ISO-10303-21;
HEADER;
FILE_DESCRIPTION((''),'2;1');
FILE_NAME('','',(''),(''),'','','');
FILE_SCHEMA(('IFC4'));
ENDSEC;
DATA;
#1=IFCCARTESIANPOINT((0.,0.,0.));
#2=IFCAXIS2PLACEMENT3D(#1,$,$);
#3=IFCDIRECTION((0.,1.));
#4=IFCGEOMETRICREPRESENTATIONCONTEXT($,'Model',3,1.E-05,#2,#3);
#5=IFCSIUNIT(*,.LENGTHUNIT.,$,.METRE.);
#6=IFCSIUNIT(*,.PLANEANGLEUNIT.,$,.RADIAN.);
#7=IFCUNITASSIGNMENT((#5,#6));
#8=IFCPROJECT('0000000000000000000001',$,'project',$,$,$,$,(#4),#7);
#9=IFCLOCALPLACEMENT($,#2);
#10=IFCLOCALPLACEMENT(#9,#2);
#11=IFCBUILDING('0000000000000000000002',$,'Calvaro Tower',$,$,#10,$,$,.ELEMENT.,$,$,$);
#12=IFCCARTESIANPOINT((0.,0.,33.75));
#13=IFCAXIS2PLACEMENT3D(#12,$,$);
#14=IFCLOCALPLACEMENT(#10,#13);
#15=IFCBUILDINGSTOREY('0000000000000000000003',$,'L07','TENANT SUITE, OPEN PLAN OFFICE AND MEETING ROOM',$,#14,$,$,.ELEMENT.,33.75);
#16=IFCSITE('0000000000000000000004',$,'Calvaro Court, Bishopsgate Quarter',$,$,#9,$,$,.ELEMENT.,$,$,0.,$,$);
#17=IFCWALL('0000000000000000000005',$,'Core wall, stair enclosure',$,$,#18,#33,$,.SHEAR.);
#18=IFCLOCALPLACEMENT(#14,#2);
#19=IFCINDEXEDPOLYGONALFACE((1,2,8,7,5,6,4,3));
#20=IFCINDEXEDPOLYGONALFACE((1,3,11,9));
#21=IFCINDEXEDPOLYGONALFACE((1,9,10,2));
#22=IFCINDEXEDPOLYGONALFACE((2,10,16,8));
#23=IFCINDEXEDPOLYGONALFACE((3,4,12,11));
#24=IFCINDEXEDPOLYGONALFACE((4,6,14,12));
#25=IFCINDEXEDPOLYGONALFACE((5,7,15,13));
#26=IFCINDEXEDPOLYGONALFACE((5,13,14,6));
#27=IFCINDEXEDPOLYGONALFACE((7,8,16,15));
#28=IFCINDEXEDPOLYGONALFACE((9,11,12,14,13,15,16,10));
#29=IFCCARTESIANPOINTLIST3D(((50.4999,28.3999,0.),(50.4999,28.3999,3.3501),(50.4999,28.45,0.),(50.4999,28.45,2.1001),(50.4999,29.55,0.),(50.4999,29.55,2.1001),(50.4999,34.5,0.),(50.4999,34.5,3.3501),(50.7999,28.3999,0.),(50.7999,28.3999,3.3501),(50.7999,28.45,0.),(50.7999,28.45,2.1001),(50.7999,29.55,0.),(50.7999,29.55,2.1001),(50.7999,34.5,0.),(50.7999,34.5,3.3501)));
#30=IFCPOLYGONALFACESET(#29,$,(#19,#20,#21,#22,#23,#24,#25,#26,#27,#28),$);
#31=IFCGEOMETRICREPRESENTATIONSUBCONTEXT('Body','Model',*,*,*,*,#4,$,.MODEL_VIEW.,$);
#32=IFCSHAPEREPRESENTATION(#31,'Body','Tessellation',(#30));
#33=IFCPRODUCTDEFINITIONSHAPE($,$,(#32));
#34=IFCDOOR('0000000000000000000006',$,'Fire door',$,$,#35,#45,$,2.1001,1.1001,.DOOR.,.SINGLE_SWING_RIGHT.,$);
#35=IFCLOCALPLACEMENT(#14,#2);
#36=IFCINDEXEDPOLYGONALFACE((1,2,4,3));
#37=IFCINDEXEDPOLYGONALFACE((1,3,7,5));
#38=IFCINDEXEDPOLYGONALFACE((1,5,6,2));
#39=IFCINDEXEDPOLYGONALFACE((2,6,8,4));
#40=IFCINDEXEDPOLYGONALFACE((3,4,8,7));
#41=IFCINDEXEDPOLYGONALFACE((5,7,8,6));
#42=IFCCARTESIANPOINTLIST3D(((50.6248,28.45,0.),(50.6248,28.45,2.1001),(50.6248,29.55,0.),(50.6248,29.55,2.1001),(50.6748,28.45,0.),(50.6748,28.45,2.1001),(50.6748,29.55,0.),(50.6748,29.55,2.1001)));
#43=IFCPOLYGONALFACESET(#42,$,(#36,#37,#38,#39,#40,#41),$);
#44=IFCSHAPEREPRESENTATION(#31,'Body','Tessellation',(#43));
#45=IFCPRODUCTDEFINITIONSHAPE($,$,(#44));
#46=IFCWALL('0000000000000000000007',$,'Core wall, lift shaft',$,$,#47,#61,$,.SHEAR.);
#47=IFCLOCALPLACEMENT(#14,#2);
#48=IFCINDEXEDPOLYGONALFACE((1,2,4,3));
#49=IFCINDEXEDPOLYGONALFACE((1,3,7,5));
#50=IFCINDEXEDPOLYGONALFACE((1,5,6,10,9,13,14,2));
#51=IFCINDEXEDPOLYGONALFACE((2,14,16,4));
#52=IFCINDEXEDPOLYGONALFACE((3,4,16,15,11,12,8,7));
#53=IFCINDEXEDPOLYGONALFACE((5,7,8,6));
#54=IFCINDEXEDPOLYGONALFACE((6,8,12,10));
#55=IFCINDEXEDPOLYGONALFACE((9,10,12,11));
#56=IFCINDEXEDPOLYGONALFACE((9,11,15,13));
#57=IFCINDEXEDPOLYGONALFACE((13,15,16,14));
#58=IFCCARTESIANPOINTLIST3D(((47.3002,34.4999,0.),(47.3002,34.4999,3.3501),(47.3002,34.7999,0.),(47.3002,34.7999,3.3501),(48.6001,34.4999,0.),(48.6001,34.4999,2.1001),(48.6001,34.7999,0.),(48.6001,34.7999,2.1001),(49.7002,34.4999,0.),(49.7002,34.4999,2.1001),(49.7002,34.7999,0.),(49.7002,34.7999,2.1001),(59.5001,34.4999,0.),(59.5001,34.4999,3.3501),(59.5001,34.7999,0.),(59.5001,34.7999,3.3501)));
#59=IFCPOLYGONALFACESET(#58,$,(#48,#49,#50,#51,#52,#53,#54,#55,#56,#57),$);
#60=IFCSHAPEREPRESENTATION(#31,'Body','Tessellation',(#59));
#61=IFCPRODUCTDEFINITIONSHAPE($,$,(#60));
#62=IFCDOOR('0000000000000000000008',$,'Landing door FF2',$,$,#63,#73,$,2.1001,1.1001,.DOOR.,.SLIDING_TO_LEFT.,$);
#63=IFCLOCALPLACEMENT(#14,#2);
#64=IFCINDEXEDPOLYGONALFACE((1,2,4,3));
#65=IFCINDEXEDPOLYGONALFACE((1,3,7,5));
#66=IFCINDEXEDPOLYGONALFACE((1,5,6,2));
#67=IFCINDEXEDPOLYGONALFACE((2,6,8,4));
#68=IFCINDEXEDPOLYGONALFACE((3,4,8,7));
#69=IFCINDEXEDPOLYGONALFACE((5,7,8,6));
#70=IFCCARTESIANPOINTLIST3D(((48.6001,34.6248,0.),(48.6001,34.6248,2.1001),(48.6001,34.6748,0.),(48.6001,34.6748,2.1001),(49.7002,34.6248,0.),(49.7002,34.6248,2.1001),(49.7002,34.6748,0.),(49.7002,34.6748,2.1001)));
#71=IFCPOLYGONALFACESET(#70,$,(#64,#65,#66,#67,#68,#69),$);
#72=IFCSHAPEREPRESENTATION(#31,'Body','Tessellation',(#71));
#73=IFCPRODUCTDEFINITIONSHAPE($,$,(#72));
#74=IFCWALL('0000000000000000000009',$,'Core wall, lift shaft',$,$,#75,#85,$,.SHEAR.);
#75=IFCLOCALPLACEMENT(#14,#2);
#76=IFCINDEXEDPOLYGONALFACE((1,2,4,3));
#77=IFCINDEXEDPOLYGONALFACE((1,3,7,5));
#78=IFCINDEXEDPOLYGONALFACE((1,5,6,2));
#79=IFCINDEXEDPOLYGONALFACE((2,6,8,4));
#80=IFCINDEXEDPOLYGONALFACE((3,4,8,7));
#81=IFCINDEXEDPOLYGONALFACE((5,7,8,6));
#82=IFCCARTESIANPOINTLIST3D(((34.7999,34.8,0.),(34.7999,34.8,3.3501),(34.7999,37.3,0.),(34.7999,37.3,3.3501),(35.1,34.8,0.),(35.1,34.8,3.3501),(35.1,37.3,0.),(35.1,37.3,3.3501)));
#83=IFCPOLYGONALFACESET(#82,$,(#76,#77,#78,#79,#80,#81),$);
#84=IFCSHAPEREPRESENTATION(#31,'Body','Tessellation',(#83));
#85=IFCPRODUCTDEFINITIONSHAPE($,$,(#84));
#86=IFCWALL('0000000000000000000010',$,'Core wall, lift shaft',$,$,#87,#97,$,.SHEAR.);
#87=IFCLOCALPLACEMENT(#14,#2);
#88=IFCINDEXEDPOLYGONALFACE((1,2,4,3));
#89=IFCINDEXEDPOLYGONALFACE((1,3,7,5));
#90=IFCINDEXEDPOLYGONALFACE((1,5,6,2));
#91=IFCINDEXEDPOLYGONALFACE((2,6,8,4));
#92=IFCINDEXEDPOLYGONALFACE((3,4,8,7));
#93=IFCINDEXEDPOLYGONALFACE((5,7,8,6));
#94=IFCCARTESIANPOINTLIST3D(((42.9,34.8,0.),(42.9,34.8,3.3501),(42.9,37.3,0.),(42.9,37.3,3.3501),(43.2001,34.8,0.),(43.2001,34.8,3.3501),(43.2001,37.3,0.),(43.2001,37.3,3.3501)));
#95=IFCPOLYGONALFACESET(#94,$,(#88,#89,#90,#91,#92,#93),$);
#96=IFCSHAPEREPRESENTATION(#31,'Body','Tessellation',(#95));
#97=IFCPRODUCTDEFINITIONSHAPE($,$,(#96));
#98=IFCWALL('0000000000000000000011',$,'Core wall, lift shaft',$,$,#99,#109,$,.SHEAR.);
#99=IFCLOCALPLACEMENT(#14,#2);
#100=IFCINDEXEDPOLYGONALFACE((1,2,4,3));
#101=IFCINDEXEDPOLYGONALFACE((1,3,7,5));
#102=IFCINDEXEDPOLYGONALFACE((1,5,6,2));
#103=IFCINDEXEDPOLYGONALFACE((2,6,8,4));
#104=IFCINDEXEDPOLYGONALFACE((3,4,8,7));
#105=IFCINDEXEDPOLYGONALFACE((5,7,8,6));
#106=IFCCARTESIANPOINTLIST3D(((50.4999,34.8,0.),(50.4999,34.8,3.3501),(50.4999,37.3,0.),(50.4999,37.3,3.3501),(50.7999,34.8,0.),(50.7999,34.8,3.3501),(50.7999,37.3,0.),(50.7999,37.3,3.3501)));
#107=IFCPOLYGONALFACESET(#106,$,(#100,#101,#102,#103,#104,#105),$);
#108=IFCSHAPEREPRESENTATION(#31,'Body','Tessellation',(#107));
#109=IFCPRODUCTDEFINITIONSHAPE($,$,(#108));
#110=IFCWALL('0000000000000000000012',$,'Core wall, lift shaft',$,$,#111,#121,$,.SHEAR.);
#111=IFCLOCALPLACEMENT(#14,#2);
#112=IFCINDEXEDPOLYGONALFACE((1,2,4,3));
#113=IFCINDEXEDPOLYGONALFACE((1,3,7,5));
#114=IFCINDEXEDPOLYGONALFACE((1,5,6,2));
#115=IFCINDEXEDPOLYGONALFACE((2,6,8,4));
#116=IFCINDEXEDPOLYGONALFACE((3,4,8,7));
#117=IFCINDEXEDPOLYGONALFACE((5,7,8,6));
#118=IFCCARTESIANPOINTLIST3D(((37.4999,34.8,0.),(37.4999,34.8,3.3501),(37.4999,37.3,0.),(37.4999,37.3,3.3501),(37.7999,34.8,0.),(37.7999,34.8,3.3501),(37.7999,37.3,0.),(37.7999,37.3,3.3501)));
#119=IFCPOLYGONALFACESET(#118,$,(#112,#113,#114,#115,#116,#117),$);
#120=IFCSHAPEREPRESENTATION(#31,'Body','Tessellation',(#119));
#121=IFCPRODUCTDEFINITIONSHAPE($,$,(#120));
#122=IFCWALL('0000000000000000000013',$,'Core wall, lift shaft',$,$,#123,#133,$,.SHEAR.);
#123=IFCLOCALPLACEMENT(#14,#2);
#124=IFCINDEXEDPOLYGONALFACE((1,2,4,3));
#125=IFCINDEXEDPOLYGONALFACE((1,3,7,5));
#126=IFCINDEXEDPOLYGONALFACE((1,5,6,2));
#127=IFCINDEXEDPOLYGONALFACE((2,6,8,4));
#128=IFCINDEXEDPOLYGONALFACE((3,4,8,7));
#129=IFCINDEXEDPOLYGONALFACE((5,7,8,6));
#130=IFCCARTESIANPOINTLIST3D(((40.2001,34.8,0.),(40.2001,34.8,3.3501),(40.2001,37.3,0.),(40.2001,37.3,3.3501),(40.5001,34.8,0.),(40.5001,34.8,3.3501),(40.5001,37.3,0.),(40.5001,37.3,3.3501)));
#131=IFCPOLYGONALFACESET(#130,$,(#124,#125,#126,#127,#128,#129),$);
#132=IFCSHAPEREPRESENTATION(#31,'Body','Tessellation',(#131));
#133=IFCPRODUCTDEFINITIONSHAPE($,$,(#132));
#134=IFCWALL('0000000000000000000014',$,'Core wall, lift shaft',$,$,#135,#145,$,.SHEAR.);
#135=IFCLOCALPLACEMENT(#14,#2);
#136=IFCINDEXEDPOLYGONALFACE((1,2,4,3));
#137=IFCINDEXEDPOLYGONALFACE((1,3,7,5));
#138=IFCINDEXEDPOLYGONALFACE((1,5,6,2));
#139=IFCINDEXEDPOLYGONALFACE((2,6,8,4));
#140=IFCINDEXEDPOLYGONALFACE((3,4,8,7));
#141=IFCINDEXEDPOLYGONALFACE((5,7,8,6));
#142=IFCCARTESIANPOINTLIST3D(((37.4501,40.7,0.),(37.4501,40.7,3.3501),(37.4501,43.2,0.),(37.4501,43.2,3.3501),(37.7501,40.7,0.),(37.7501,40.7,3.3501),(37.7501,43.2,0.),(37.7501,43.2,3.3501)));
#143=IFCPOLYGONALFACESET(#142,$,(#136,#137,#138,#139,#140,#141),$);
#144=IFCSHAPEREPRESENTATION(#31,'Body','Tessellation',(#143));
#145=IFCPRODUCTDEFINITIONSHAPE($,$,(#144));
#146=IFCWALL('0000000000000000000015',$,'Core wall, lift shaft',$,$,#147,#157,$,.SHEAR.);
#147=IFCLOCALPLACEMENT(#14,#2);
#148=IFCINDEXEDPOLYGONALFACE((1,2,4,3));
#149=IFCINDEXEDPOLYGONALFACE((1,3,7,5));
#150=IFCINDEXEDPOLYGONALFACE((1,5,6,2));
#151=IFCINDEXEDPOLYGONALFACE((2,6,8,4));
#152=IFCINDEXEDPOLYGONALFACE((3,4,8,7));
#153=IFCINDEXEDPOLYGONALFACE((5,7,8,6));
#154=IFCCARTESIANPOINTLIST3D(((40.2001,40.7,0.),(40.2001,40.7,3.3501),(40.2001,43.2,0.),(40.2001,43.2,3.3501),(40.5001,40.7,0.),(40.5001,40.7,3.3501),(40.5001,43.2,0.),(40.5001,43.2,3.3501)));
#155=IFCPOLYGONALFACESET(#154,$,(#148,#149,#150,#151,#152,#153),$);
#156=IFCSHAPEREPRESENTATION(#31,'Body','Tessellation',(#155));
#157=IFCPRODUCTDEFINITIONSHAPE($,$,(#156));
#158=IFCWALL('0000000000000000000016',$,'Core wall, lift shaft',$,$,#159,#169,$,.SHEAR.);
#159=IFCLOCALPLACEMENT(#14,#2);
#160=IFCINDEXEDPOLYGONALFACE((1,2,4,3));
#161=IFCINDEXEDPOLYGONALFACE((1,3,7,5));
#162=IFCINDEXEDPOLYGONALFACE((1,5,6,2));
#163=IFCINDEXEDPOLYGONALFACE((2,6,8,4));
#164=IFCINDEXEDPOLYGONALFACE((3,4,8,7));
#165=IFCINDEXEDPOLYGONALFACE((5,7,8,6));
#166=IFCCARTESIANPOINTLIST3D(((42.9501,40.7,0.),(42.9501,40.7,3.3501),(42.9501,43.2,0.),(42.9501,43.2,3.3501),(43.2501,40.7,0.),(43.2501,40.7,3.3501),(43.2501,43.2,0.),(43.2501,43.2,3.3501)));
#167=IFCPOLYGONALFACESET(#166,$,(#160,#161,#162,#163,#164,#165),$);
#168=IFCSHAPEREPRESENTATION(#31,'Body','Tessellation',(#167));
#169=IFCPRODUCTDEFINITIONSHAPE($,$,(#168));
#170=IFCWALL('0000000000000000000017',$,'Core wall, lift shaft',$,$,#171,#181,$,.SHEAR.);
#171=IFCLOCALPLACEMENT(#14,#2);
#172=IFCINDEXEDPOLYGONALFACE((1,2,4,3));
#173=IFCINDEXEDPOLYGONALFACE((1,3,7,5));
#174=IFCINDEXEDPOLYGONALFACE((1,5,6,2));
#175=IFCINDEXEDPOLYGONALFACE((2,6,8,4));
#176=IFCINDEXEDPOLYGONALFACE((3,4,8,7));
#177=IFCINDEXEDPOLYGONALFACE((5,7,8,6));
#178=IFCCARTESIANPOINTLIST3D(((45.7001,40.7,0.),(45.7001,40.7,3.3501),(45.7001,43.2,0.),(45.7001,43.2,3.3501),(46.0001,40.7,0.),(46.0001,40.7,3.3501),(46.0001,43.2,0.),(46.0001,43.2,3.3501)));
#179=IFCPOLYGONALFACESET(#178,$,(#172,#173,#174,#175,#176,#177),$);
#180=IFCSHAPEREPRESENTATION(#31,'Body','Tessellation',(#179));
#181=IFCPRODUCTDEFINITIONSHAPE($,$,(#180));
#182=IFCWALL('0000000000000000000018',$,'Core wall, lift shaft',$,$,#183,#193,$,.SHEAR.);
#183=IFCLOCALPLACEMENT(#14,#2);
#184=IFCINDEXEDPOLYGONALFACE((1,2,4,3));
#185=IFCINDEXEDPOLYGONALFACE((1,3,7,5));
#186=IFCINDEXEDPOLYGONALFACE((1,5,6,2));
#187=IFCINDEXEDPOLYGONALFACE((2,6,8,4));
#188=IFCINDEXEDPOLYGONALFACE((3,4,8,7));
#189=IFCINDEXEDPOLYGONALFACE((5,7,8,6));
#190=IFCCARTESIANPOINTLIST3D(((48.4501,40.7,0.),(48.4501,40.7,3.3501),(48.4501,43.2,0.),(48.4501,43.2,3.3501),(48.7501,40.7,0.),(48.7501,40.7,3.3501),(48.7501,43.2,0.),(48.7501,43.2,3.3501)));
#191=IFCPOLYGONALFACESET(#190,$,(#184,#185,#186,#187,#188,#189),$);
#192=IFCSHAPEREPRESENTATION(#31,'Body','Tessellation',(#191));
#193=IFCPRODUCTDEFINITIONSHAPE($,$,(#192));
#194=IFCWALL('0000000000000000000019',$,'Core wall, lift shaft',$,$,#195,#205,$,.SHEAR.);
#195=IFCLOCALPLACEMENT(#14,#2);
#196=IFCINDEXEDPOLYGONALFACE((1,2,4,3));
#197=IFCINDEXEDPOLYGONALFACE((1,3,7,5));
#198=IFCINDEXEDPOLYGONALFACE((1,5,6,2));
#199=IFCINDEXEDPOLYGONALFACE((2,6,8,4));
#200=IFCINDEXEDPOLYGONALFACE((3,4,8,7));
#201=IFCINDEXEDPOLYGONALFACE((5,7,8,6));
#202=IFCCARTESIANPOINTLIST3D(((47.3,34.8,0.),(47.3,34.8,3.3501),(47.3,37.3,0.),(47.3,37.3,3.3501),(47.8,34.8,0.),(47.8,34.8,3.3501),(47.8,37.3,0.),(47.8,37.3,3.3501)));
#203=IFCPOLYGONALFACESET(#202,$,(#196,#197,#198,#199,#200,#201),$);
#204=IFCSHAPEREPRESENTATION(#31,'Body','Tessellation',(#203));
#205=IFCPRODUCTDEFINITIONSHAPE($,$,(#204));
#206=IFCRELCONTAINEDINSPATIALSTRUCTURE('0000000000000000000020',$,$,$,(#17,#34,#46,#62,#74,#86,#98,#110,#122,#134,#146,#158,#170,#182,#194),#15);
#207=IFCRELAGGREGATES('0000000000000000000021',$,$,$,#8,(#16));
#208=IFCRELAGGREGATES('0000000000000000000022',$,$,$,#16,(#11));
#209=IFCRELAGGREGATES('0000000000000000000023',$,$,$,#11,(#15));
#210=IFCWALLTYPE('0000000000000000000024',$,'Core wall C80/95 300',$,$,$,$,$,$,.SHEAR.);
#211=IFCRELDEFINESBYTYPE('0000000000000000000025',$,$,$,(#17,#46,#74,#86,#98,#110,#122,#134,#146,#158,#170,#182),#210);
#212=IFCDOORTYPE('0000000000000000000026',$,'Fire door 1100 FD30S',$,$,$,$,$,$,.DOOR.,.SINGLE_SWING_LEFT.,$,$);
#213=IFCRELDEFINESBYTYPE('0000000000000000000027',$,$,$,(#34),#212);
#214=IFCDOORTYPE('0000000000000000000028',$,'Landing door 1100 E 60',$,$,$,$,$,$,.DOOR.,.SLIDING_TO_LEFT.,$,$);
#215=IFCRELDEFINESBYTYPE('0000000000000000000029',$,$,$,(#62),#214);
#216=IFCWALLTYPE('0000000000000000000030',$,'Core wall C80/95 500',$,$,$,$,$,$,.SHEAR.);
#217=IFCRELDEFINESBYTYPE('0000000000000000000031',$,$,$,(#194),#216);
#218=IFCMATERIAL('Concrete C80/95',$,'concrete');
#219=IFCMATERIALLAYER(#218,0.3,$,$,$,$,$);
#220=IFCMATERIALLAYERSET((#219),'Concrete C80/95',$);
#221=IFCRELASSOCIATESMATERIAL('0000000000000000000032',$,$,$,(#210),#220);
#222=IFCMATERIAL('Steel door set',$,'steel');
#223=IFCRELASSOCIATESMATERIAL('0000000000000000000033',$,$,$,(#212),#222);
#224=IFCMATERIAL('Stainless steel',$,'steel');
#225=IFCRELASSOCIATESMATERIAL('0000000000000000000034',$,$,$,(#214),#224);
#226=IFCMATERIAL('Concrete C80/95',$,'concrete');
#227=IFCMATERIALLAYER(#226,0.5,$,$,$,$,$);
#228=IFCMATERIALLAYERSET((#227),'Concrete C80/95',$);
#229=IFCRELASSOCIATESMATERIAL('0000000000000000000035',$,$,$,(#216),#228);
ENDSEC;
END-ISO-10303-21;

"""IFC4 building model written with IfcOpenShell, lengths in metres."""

from ifc_helpers import new_model, si_unit, direction, frame, frame_2d, origin, place, context, subcontext, project, spatial, rectangle, extrude, material, layer, layer_set, type_object, element, fill, save


model = new_model("IFC4")

# Units and contexts
model_context = context("Model", 3, precision=1e-05, world=origin(), true_north=direction((0.0, 1.0)))
body_context = subcontext(model_context, "Body", "Model", "MODEL_VIEW")
ifc_project = project(units=[si_unit("LENGTHUNIT", "METRE"), si_unit("PLANEANGLEUNIT", "RADIAN")], contexts=[model_context])

# Site, building, storey
site_placement = place(None, origin())
site = spatial("IfcSite", under=ifc_project, at=site_placement, Name="Calvaro Court, Bishopsgate Quarter", CompositionType="ELEMENT", RefElevation=0.0)
building_placement = place(site_placement, origin())
building = spatial("IfcBuilding", under=site, at=building_placement, Name="Calvaro Tower", CompositionType="ELEMENT")
storey_placement = place(building_placement, frame((0.0, 0.0, 33.75)))
storey = spatial("IfcBuildingStorey", under=building, at=storey_placement, Name="L07", Description="TENANT SUITE, OPEN PLAN OFFICE AND MEETING ROOM", CompositionType="ELEMENT", Elevation=33.75)

# Walls, openings, doors
ifc_material_1 = material(Name="Concrete C80/95", Category="concrete")
ifc_layer_1 = layer(ifc_material_1, 0.3)
ifc_layer_set_1 = layer_set([ifc_layer_1], Name="Concrete C80/95")
wall_type_1 = type_object("IfcWallType", Name="Core wall C80/95 300", PredefinedType="SHEAR", material=ifc_layer_set_1)
wall_1_placement = place(storey_placement, frame((50.6499, 34.5, 0.0), z_axis=(0.0, 0.0, 1.0), x_axis=(0.0, -1.0, 0.0)))
wall_1 = element("IfcWall", 1, at=wall_1_placement, inside=storey, type_object=wall_type_1, Name="Core wall, stair enclosure", PredefinedType="SHEAR", context=body_context, shape_type="SweptSolid", body=[
    extrude(rectangle(XDim=6.1001, YDim=0.3, at=frame_2d((3.05, 0.0))), origin(), (0.0, 0.0, 1.0), 3.3501),
])
opening_1_placement = place(wall_1_placement, frame((4.95, 0.0, 0.0)))
opening_1 = element("IfcOpeningElement", 2, at=opening_1_placement, cuts=wall_1, PredefinedType="OPENING", context=body_context, shape_type="SweptSolid", body=[
    extrude(rectangle(XDim=1.1001, YDim=2.1001, at=frame_2d((0.55, 1.05))), frame((0.0, 0.1599, 0.0), z_axis=(0.0, -1.0, 0.0), x_axis=(1.0, 0.0, 0.0)), (0.0, 0.0, 1.0), 0.3201),
])
ifc_material_2 = material(Name="Steel door set", Category="steel")
door_type_1 = type_object("IfcDoorType", Name="Fire door 1100 FD30S", OperationType="SINGLE_SWING_LEFT", PredefinedType="DOOR", material=ifc_material_2)
door_1_placement = place(opening_1_placement, origin())
door_1 = element("IfcDoor", 3, at=door_1_placement, inside=storey, type_object=door_type_1, Name="Fire door", OperationType="SINGLE_SWING_RIGHT", OverallHeight=2.1001, OverallWidth=1.1001, PredefinedType="DOOR", context=body_context, shape_type="SweptSolid", body=[
    extrude(rectangle(XDim=1.1001, YDim=2.1001, at=frame_2d((0.55, 1.05))), frame((0.0, 0.0249, 0.0), z_axis=(0.0, -1.0, 0.0), x_axis=(1.0, 0.0, 0.0)), (0.0, 0.0, 1.0), 0.05),
])
fill(opening_1, door_1)
wall_2_placement = place(storey_placement, frame((47.3, 34.6499, 0.0), z_axis=(0.0, 0.0, 1.0), x_axis=(1.0, 0.0, 0.0)))
wall_2 = element("IfcWall", 4, at=wall_2_placement, inside=storey, type_object=wall_type_1, Name="Core wall, lift shaft", PredefinedType="SHEAR", context=body_context, shape_type="SweptSolid", body=[
    extrude(rectangle(XDim=12.2, YDim=0.3, at=frame_2d((6.1001, 0.0))), origin(), (0.0, 0.0, 1.0), 3.3501),
])
opening_2_placement = place(wall_2_placement, frame((1.3, 0.0, 0.0)))
opening_2 = element("IfcOpeningElement", 5, at=opening_2_placement, cuts=wall_2, PredefinedType="OPENING", context=body_context, shape_type="SweptSolid", body=[
    extrude(rectangle(XDim=1.1001, YDim=2.1001, at=frame_2d((0.55, 1.05))), frame((0.0, 0.1599, 0.0), z_axis=(0.0, -1.0, 0.0), x_axis=(1.0, 0.0, 0.0)), (0.0, 0.0, 1.0), 0.3201),
])
ifc_material_3 = material(Name="Stainless steel", Category="steel")
door_type_2 = type_object("IfcDoorType", Name="Landing door 1100 E 60", OperationType="SLIDING_TO_LEFT", PredefinedType="DOOR", material=ifc_material_3)
door_2_placement = place(opening_2_placement, origin())
door_2 = element("IfcDoor", 6, at=door_2_placement, inside=storey, type_object=door_type_2, Name="Landing door FF2", OperationType="SLIDING_TO_LEFT", OverallHeight=2.1001, OverallWidth=1.1001, PredefinedType="DOOR", context=body_context, shape_type="SweptSolid", body=[
    extrude(rectangle(XDim=1.1001, YDim=2.1001, at=frame_2d((0.55, 1.05))), frame((0.0, 0.0249, 0.0), z_axis=(0.0, -1.0, 0.0), x_axis=(1.0, 0.0, 0.0)), (0.0, 0.0, 1.0), 0.05),
])
fill(opening_2, door_2)

# Walls
for number, where, z_axis, x_axis, name in (
    (7, (34.95, 34.8, 0.0), (0.0, 0.0, 1.0), (0.0, 1.0, 0.0), "Core wall, lift shaft"),
    (8, (43.05, 34.8, 0.0), (0.0, 0.0, 1.0), (0.0, 1.0, 0.0), "Core wall, lift shaft"),
    (9, (50.6499, 34.8, 0.0), (0.0, 0.0, 1.0), (0.0, 1.0, 0.0), "Core wall, lift shaft"),
    (10, (37.6499, 34.8, 0.0), (0.0, 0.0, 1.0), (0.0, 1.0, 0.0), "Core wall, lift shaft"),
    (11, (40.3501, 34.8, 0.0), (0.0, 0.0, 1.0), (0.0, 1.0, 0.0), "Core wall, lift shaft"),
    (12, (37.6001, 40.7, 0.0), (0.0, 0.0, 1.0), (0.0, 1.0, 0.0), "Core wall, lift shaft"),
    (13, (40.3501, 40.7, 0.0), (0.0, 0.0, 1.0), (0.0, 1.0, 0.0), "Core wall, lift shaft"),
    (14, (43.1001, 40.7, 0.0), (0.0, 0.0, 1.0), (0.0, 1.0, 0.0), "Core wall, lift shaft"),
    (15, (45.8501, 40.7, 0.0), (0.0, 0.0, 1.0), (0.0, 1.0, 0.0), "Core wall, lift shaft"),
    (16, (48.6001, 40.7, 0.0), (0.0, 0.0, 1.0), (0.0, 1.0, 0.0), "Core wall, lift shaft"),
):
    element("IfcWall", number, at=place(storey_placement, frame(where, z_axis=z_axis, x_axis=x_axis)), inside=storey, type_object=wall_type_1, Name=name, PredefinedType="SHEAR", context=body_context, shape_type="SweptSolid", body=[
        extrude(rectangle(XDim=2.5, YDim=0.3, at=frame_2d((1.25, 0.0))), origin(), (0.0, 0.0, 1.0), 3.3501),
    ])
ifc_material_4 = material(Name="Concrete C80/95", Category="concrete")
ifc_layer_2 = layer(ifc_material_4, 0.5)
ifc_layer_set_2 = layer_set([ifc_layer_2], Name="Concrete C80/95")
wall_type_2 = type_object("IfcWallType", Name="Core wall C80/95 500", PredefinedType="SHEAR", material=ifc_layer_set_2)
wall_3_placement = place(storey_placement, frame((47.55, 34.8, 0.0), z_axis=(0.0, 0.0, 1.0), x_axis=(0.0, 1.0, 0.0)))
element("IfcWall", 17, at=wall_3_placement, inside=storey, type_object=wall_type_2, Name="Core wall, lift shaft", PredefinedType="SHEAR", context=body_context, shape_type="SweptSolid", body=[
    extrude(rectangle(XDim=2.5, YDim=0.5, at=frame_2d((1.25, 0.0))), origin(), (0.0, 0.0, 1.0), 3.3501),
])

save(model, "model.ifc")
